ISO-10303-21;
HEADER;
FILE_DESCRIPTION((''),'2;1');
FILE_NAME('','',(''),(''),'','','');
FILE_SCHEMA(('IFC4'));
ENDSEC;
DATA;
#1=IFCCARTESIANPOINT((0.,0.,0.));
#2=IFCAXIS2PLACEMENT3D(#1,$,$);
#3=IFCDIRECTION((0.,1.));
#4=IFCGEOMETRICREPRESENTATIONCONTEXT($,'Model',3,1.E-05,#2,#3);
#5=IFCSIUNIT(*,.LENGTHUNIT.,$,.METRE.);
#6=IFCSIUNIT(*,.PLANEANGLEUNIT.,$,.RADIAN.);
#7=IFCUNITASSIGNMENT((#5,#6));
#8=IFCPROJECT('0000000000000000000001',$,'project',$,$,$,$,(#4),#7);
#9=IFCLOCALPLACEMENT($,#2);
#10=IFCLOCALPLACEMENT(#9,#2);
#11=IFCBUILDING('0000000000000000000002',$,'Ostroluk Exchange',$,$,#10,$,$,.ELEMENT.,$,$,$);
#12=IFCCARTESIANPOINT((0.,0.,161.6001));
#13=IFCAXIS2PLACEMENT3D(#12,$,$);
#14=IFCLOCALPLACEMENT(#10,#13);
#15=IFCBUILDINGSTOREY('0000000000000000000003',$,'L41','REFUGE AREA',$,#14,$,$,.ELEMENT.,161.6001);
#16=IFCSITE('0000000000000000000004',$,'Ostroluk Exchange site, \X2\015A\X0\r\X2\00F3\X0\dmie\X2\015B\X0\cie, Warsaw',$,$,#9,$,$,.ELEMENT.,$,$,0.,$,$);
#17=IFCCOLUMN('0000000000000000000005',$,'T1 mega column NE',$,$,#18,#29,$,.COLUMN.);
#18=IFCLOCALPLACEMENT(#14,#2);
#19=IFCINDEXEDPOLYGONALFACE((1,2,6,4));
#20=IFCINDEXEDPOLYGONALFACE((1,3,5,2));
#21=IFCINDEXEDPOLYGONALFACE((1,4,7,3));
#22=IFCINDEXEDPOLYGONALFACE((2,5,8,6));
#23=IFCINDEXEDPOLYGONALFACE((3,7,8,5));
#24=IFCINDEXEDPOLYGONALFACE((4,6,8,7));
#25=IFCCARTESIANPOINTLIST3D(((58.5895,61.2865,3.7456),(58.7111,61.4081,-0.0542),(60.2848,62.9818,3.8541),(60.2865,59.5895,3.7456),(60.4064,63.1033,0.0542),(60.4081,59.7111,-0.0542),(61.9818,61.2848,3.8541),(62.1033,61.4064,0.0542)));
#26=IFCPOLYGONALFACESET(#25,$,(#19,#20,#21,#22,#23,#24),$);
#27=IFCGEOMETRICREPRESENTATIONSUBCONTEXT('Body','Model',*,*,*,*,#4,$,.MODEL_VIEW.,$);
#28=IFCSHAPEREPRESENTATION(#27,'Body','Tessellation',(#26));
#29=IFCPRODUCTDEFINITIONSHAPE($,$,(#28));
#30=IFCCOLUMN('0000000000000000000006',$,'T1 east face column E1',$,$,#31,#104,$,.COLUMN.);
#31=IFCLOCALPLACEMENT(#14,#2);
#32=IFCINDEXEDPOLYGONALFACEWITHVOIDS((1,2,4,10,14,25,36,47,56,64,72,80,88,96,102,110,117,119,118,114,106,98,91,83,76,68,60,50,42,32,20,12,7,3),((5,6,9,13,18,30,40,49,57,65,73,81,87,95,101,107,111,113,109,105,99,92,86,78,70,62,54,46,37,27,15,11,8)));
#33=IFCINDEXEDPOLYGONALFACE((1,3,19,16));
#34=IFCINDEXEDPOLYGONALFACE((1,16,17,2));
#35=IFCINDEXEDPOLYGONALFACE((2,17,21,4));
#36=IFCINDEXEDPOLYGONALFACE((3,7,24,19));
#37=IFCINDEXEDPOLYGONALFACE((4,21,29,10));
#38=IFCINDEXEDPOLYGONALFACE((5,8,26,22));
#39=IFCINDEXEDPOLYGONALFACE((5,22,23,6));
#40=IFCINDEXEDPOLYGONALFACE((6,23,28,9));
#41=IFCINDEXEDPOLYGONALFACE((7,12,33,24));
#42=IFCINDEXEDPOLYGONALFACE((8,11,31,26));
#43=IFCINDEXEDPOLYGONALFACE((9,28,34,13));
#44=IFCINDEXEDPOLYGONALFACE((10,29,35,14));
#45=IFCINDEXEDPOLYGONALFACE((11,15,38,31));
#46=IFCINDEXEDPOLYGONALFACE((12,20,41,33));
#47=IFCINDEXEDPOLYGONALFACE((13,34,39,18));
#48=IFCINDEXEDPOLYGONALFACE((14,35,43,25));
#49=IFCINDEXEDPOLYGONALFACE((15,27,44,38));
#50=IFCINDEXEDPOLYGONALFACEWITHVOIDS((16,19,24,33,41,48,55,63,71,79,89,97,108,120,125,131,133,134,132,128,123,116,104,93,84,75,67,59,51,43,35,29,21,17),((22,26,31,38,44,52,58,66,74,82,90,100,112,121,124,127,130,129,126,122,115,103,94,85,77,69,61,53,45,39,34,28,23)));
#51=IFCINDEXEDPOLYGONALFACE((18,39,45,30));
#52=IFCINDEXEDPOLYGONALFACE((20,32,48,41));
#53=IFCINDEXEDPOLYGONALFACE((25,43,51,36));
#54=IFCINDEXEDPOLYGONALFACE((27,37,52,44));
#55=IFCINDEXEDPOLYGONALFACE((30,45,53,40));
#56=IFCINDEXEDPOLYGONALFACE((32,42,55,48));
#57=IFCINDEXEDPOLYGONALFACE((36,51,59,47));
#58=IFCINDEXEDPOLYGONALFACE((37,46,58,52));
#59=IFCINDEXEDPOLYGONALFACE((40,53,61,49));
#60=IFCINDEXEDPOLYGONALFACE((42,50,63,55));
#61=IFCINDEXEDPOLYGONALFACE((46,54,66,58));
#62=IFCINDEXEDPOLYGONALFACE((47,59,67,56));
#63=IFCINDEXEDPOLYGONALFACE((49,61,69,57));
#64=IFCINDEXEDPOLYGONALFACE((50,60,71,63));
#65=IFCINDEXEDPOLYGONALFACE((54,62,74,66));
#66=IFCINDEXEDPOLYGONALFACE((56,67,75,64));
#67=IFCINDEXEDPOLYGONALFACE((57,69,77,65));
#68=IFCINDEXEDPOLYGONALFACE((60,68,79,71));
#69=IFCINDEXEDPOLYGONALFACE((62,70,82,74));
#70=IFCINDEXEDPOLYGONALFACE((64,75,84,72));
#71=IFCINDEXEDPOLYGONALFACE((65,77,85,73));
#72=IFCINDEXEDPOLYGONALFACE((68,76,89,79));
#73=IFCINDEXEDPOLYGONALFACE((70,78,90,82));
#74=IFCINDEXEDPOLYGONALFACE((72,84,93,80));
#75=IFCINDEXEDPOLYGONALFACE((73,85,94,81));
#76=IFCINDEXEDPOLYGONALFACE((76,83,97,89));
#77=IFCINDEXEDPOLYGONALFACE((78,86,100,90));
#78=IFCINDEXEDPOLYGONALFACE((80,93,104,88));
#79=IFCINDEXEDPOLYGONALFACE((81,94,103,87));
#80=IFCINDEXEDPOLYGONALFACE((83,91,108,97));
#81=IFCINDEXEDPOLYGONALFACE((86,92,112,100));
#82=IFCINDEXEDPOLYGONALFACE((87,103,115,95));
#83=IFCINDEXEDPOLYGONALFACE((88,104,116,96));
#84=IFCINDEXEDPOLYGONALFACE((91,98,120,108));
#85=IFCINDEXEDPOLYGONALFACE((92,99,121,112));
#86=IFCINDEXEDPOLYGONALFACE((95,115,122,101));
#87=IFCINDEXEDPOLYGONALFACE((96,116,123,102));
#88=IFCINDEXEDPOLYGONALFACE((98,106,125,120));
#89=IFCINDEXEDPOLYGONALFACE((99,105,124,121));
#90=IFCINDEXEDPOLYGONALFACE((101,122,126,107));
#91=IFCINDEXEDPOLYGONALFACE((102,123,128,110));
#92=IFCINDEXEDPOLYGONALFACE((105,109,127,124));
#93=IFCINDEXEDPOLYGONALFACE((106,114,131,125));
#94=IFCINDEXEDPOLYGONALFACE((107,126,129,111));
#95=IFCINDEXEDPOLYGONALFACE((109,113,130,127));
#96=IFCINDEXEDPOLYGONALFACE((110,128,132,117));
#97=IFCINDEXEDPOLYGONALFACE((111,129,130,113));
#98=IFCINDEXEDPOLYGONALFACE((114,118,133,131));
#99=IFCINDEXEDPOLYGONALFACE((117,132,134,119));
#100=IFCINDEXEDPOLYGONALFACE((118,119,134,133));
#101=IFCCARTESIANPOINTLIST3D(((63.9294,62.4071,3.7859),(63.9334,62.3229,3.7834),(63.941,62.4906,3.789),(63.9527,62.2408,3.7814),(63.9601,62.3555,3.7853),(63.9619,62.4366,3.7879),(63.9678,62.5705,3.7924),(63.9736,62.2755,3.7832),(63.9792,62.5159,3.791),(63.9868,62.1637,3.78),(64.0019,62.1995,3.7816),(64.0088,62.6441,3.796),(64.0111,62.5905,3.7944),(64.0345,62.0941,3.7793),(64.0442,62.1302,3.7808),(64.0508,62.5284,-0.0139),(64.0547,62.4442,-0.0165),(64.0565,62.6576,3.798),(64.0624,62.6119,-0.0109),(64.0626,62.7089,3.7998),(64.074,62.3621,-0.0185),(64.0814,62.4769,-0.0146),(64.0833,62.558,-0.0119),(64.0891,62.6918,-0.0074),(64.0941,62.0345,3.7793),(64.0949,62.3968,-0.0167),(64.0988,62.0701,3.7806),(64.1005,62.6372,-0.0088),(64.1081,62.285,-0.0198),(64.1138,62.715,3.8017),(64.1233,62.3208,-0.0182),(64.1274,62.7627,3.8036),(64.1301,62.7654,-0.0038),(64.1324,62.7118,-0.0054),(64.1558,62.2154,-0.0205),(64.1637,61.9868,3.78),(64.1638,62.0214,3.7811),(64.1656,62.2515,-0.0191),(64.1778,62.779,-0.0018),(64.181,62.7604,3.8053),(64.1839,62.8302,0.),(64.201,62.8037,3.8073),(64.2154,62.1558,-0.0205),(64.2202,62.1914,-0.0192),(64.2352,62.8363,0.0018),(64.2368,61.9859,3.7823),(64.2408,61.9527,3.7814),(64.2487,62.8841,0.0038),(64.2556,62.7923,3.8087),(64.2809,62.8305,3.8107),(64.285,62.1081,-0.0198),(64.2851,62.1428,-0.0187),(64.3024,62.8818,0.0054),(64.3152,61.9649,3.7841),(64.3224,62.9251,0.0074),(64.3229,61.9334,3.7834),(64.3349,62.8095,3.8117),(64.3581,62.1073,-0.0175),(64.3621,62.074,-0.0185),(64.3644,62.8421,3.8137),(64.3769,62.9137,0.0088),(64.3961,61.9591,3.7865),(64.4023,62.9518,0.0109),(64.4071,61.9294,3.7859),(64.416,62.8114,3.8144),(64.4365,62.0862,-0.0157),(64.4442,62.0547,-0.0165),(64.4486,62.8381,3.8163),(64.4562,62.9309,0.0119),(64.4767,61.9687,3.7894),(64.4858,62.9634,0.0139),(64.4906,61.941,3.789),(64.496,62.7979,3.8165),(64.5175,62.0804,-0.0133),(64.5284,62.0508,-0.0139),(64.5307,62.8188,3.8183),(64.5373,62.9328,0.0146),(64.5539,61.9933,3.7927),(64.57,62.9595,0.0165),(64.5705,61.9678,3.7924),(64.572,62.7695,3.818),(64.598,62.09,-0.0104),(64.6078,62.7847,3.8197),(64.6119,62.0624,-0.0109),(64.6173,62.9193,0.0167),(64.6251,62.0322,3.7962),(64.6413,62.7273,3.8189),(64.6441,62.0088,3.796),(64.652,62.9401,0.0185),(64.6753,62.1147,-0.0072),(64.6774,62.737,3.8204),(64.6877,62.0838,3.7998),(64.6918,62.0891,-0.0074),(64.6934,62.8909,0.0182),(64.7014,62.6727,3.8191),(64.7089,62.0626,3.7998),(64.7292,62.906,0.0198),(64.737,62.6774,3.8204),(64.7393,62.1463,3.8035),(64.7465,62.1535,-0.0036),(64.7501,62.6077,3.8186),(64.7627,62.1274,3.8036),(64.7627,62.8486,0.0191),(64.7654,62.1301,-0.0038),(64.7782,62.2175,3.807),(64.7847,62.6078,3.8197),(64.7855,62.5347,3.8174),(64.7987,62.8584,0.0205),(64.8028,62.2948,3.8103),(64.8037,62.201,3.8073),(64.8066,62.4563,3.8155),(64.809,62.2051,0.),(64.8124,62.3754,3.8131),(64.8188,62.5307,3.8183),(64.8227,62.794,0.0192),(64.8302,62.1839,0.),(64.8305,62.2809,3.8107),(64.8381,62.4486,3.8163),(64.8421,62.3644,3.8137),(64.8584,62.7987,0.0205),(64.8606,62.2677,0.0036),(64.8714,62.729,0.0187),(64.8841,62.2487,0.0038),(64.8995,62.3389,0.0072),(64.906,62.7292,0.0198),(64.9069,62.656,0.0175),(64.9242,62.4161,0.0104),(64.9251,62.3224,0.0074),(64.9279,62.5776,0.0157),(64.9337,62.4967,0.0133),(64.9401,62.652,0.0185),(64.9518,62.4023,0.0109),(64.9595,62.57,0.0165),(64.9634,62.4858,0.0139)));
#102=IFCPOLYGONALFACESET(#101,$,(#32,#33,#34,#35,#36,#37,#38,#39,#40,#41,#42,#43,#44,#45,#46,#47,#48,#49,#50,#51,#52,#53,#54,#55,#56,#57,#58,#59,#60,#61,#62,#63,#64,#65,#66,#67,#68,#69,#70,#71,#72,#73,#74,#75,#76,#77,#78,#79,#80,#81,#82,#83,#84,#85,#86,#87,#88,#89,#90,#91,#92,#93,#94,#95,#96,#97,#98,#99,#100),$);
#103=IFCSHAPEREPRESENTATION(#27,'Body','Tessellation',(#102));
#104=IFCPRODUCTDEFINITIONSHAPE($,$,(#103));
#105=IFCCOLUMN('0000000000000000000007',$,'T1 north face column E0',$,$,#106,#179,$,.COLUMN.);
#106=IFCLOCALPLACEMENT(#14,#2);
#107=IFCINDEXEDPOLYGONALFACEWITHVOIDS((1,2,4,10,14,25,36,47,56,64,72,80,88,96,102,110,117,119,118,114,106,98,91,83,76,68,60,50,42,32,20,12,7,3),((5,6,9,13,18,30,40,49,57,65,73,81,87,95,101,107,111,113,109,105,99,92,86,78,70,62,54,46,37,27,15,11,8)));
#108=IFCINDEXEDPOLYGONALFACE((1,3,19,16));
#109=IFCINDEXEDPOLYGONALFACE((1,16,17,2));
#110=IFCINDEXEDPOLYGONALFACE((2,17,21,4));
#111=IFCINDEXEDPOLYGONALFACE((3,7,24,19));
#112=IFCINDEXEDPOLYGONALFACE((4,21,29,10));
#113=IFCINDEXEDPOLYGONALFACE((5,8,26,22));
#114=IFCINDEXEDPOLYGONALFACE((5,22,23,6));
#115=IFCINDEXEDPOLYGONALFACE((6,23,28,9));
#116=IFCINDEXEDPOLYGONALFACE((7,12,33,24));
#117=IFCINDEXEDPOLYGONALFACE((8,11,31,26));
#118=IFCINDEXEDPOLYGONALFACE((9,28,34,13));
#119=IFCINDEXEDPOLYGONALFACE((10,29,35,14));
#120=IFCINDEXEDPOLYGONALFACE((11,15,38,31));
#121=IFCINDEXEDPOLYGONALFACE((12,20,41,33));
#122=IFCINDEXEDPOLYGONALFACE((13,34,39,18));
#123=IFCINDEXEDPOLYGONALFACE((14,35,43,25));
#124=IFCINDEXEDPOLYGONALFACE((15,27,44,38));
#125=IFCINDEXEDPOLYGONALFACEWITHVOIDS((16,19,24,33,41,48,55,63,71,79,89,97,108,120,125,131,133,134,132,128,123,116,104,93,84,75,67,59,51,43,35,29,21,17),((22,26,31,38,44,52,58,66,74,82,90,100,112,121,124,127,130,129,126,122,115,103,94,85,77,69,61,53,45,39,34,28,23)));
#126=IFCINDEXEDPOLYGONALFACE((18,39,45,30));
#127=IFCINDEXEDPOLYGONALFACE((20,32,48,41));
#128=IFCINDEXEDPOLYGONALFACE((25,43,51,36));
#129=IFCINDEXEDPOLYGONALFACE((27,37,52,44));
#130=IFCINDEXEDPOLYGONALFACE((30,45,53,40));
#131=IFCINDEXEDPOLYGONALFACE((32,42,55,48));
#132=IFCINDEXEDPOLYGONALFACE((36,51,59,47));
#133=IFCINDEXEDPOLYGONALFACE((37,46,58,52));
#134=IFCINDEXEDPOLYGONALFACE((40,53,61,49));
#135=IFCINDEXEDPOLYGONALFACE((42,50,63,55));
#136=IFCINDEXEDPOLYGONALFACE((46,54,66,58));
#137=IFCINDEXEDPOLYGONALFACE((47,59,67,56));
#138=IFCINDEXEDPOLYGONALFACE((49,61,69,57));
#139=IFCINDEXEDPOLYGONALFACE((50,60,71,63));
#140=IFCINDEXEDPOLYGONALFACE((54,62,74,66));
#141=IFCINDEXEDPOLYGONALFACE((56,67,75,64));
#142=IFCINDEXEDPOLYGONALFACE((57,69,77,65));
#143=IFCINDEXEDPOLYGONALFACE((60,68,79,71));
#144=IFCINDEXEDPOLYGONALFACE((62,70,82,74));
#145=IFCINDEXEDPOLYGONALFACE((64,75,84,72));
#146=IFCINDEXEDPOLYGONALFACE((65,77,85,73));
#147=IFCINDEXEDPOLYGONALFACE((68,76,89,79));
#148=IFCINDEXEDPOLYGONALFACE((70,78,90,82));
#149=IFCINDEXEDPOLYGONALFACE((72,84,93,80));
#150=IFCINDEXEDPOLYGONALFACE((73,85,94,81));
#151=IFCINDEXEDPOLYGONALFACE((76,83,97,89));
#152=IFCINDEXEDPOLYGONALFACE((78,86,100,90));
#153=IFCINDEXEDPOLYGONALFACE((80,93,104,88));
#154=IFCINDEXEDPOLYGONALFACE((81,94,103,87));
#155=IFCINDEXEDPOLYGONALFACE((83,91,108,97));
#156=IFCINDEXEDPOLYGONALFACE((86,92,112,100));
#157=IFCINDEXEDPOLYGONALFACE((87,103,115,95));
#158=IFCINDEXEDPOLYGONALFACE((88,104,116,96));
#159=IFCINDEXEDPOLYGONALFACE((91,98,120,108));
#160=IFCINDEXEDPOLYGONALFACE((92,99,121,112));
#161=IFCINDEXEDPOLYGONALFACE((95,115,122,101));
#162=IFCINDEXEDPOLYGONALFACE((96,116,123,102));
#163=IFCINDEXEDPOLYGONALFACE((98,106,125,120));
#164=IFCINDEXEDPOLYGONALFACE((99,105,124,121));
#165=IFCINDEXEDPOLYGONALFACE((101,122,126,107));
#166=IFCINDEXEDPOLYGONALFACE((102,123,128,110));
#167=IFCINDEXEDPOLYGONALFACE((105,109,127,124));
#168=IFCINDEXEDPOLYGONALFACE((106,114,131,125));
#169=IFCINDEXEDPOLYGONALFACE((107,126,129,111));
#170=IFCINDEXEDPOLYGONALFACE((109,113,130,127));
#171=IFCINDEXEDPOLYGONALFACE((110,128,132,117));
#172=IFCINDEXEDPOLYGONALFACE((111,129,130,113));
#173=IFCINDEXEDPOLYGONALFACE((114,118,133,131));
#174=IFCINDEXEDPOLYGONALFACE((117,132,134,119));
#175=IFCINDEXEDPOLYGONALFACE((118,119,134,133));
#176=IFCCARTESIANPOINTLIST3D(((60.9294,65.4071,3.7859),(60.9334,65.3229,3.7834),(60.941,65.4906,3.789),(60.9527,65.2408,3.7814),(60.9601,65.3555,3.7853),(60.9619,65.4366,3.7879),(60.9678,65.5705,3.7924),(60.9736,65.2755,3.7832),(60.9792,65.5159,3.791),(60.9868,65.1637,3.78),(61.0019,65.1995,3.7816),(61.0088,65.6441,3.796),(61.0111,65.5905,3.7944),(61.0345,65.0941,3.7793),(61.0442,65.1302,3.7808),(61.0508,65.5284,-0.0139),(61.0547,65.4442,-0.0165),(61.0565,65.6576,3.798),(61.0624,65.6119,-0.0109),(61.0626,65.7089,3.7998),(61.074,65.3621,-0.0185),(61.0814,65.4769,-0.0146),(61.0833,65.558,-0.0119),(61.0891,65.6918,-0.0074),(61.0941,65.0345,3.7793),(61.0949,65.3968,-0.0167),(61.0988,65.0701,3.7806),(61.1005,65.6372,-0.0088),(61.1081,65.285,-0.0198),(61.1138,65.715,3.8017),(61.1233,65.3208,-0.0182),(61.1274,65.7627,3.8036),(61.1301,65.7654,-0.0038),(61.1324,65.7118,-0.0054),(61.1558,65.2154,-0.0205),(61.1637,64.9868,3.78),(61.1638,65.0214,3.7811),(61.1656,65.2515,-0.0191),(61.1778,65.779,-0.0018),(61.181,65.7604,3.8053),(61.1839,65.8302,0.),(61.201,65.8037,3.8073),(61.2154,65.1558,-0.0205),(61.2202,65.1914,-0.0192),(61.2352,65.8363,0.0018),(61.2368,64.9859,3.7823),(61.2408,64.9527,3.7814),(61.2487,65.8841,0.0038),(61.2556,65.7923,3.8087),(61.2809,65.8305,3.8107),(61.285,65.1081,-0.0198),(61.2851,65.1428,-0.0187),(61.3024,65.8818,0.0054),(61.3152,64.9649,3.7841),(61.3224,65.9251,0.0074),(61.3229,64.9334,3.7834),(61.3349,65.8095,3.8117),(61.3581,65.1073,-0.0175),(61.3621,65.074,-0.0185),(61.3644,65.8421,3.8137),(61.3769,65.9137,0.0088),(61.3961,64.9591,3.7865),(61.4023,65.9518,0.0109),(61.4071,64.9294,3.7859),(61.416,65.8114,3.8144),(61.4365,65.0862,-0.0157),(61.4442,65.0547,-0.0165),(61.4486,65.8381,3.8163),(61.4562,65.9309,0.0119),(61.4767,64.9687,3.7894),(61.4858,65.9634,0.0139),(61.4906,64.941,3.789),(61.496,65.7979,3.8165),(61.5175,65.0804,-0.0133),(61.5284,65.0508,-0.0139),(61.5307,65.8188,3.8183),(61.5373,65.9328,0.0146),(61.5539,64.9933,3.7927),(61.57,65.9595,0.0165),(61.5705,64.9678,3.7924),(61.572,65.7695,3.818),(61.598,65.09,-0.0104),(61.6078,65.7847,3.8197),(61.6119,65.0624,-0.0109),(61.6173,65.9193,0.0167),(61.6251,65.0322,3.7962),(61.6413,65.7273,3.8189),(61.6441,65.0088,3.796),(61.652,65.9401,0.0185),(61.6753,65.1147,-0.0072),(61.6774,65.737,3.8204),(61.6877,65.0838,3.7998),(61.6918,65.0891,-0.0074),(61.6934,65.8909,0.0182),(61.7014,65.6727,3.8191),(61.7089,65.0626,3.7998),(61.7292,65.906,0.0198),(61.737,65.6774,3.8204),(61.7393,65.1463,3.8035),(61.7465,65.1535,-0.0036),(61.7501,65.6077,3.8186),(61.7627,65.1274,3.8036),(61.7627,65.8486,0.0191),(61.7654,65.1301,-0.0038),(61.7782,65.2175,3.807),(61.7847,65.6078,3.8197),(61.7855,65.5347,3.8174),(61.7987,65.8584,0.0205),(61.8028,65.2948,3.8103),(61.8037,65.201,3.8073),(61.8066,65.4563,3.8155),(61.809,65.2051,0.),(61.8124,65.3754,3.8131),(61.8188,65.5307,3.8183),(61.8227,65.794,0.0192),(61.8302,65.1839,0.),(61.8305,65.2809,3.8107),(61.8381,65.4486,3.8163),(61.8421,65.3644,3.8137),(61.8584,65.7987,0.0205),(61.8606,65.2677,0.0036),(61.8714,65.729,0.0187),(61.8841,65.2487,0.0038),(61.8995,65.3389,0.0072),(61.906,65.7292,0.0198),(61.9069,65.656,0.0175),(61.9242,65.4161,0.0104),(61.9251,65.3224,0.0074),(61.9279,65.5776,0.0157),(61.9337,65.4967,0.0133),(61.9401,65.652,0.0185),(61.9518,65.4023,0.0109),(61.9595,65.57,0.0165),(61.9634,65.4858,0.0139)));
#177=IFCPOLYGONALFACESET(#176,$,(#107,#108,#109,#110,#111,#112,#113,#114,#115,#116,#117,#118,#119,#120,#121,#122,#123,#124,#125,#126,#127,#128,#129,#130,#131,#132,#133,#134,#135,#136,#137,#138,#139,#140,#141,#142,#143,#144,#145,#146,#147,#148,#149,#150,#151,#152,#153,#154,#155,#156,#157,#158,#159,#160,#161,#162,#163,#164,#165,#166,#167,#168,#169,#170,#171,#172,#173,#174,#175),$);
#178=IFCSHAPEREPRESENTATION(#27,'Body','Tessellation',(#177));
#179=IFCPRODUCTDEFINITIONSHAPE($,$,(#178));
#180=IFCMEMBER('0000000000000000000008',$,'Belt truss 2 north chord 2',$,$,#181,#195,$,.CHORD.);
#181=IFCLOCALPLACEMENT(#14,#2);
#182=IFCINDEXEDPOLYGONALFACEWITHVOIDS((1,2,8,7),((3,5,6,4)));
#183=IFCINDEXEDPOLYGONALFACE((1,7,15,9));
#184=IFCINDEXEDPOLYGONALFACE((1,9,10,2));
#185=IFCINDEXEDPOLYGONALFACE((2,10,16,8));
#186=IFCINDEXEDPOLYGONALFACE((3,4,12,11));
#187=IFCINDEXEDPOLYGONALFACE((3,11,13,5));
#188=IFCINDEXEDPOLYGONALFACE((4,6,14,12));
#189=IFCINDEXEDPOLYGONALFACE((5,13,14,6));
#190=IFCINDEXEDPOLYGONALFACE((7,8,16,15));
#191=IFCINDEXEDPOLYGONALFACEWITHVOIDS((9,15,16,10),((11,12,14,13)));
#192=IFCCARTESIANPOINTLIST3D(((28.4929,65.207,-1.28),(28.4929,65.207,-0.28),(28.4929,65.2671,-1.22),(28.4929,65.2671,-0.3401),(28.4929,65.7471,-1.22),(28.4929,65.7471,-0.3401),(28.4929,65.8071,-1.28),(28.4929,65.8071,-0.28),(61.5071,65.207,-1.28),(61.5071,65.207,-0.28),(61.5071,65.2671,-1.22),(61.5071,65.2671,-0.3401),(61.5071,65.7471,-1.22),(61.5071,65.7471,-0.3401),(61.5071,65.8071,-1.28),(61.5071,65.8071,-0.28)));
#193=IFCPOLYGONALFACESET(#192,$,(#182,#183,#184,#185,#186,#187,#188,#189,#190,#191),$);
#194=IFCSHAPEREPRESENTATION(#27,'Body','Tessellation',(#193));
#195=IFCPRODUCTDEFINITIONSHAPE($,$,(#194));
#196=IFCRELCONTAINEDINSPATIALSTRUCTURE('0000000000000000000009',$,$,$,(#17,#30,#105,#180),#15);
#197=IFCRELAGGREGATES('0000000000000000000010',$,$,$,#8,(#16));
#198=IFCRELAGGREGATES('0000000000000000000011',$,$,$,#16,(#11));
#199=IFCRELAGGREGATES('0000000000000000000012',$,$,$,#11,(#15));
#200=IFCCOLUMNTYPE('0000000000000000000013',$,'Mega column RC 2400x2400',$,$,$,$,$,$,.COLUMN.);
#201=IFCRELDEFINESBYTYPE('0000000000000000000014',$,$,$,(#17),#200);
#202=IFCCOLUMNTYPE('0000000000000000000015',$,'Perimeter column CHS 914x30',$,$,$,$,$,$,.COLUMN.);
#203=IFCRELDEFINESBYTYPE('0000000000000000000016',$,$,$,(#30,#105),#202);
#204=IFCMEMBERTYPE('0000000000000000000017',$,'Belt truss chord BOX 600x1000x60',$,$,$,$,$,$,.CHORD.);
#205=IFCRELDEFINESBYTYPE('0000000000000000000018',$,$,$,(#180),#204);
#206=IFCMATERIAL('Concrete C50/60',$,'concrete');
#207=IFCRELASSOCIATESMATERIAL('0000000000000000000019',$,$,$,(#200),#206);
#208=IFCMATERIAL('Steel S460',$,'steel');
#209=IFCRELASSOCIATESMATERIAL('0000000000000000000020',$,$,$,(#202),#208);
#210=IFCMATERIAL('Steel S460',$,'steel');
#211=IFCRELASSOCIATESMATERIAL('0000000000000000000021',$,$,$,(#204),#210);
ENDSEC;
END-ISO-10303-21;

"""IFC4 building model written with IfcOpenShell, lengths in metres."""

from ifc_helpers import new_model, si_unit, direction, frame, origin, origin_2d, place, context, subcontext, project, spatial, rectangle, hollow_rectangle, hollow_circle, extrude, material, material_profile, profile_set, type_object, element, save


model = new_model("IFC4")

# Units and contexts
model_context = context("Model", 3, precision=1e-05, world=origin(), true_north=direction((0.0, 1.0)))
body_context = subcontext(model_context, "Body", "Model", "MODEL_VIEW")
ifc_project = project(units=[si_unit("LENGTHUNIT", "METRE"), si_unit("PLANEANGLEUNIT", "RADIAN")], contexts=[model_context])

# Site, building, storey
site_placement = place(None, origin())
site = spatial("IfcSite", under=ifc_project, at=site_placement, Name="Ostroluk Exchange site, Śródmieście, Warsaw", CompositionType="ELEMENT", RefElevation=0.0)
building_placement = place(site_placement, origin())
building = spatial("IfcBuilding", under=site, at=building_placement, Name="Ostroluk Exchange", CompositionType="ELEMENT")
storey_placement = place(building_placement, frame((0.0, 0.0, 161.6001)))
storey = spatial("IfcBuildingStorey", under=building, at=storey_placement, Name="L41", Description="REFUGE AREA", CompositionType="ELEMENT", Elevation=161.6001)

# Columns
ifc_material_1 = material(Name="Concrete C50/60", Category="concrete")
ifc_material_profile_1 = material_profile(ifc_material_1, rectangle(XDim=2.3999, YDim=2.3999, at=origin_2d()), Name="RC 2400x2400")
ifc_profile_set_1 = profile_set([ifc_material_profile_1], Name="Concrete C50/60")
column_type_1 = type_object("IfcColumnType", Name="Mega column RC 2400x2400", PredefinedType="COLUMN", material=ifc_profile_set_1)
column_placement = place(storey_placement, frame((60.4072, 61.4072, 0.0), z_axis=(-0.031964, -0.031964, 0.998978), x_axis=(0.707107, -0.707107, 0.0)))
element("IfcColumn", 1, at=column_placement, inside=storey, type_object=column_type_1, Name="T1 mega column NE", PredefinedType="COLUMN", context=body_context, shape_type="SweptSolid", body=[
    extrude(rectangle(XDim=2.3999, YDim=2.3999, at=origin_2d()), origin(), (0.0, 0.0, 1.0), 3.8037),
])
ifc_material_2 = material(Name="Steel S460", Category="steel")
ifc_material_profile_2 = material_profile(ifc_material_2, hollow_circle(Radius=0.457, WallThickness=0.03, at=origin_2d()), Name="CHS 914x30")
ifc_profile_set_2 = profile_set([ifc_material_profile_2], Name="Steel S460")
column_type_2 = type_object("IfcColumnType", Name="Perimeter column CHS 914x30", PredefinedType="COLUMN", material=ifc_profile_set_2)
for number, where, z_axis, x_axis, name in (
    (2, (64.5071, 62.5071, 0.0), (-0.0319, -0.0319, 0.998982), (0.707107, -0.707107, 0.0), "T1 east face column E1"),
    (3, (61.5071, 65.5071, 0.0), (-0.0319, -0.0319, 0.998982), (0.707107, -0.707107, 0.0), "T1 north face column E0"),
):
    element("IfcColumn", number, at=place(storey_placement, frame(where, z_axis=z_axis, x_axis=x_axis)), inside=storey, type_object=column_type_2, Name=name, PredefinedType="COLUMN", context=body_context, shape_type="SweptSolid", body=[
        extrude(hollow_circle(Radius=0.457, WallThickness=0.03, at=origin_2d()), origin(), (0.0, 0.0, 1.0), 3.8037),
    ])

# Member
ifc_material_3 = material(Name="Steel S460", Category="steel")
ifc_material_profile_3 = material_profile(ifc_material_3, hollow_rectangle(XDim=0.6001, YDim=1.0, WallThickness=0.0601, at=origin_2d()), Name="BOX 600x1000x60")
ifc_profile_set_3 = profile_set([ifc_material_profile_3], Name="Steel S460")
member_type_1 = type_object("IfcMemberType", Name="Belt truss chord BOX 600x1000x60", PredefinedType="CHORD", material=ifc_profile_set_3)
member_1_placement = place(storey_placement, frame((61.5071, 65.5071, -0.78), z_axis=(-1.0, 0.0, 0.0), x_axis=(0.0, -1.0, 0.0)))
element("IfcMember", 4, at=member_1_placement, inside=storey, type_object=member_type_1, Name="Belt truss 2 north chord 2", PredefinedType="CHORD", context=body_context, shape_type="SweptSolid", body=[
    extrude(hollow_rectangle(XDim=0.6001, YDim=1.0, WallThickness=0.0601, at=origin_2d()), origin(), (0.0, 0.0, 1.0), 33.0142),
])

save(model, "model.ifc")
